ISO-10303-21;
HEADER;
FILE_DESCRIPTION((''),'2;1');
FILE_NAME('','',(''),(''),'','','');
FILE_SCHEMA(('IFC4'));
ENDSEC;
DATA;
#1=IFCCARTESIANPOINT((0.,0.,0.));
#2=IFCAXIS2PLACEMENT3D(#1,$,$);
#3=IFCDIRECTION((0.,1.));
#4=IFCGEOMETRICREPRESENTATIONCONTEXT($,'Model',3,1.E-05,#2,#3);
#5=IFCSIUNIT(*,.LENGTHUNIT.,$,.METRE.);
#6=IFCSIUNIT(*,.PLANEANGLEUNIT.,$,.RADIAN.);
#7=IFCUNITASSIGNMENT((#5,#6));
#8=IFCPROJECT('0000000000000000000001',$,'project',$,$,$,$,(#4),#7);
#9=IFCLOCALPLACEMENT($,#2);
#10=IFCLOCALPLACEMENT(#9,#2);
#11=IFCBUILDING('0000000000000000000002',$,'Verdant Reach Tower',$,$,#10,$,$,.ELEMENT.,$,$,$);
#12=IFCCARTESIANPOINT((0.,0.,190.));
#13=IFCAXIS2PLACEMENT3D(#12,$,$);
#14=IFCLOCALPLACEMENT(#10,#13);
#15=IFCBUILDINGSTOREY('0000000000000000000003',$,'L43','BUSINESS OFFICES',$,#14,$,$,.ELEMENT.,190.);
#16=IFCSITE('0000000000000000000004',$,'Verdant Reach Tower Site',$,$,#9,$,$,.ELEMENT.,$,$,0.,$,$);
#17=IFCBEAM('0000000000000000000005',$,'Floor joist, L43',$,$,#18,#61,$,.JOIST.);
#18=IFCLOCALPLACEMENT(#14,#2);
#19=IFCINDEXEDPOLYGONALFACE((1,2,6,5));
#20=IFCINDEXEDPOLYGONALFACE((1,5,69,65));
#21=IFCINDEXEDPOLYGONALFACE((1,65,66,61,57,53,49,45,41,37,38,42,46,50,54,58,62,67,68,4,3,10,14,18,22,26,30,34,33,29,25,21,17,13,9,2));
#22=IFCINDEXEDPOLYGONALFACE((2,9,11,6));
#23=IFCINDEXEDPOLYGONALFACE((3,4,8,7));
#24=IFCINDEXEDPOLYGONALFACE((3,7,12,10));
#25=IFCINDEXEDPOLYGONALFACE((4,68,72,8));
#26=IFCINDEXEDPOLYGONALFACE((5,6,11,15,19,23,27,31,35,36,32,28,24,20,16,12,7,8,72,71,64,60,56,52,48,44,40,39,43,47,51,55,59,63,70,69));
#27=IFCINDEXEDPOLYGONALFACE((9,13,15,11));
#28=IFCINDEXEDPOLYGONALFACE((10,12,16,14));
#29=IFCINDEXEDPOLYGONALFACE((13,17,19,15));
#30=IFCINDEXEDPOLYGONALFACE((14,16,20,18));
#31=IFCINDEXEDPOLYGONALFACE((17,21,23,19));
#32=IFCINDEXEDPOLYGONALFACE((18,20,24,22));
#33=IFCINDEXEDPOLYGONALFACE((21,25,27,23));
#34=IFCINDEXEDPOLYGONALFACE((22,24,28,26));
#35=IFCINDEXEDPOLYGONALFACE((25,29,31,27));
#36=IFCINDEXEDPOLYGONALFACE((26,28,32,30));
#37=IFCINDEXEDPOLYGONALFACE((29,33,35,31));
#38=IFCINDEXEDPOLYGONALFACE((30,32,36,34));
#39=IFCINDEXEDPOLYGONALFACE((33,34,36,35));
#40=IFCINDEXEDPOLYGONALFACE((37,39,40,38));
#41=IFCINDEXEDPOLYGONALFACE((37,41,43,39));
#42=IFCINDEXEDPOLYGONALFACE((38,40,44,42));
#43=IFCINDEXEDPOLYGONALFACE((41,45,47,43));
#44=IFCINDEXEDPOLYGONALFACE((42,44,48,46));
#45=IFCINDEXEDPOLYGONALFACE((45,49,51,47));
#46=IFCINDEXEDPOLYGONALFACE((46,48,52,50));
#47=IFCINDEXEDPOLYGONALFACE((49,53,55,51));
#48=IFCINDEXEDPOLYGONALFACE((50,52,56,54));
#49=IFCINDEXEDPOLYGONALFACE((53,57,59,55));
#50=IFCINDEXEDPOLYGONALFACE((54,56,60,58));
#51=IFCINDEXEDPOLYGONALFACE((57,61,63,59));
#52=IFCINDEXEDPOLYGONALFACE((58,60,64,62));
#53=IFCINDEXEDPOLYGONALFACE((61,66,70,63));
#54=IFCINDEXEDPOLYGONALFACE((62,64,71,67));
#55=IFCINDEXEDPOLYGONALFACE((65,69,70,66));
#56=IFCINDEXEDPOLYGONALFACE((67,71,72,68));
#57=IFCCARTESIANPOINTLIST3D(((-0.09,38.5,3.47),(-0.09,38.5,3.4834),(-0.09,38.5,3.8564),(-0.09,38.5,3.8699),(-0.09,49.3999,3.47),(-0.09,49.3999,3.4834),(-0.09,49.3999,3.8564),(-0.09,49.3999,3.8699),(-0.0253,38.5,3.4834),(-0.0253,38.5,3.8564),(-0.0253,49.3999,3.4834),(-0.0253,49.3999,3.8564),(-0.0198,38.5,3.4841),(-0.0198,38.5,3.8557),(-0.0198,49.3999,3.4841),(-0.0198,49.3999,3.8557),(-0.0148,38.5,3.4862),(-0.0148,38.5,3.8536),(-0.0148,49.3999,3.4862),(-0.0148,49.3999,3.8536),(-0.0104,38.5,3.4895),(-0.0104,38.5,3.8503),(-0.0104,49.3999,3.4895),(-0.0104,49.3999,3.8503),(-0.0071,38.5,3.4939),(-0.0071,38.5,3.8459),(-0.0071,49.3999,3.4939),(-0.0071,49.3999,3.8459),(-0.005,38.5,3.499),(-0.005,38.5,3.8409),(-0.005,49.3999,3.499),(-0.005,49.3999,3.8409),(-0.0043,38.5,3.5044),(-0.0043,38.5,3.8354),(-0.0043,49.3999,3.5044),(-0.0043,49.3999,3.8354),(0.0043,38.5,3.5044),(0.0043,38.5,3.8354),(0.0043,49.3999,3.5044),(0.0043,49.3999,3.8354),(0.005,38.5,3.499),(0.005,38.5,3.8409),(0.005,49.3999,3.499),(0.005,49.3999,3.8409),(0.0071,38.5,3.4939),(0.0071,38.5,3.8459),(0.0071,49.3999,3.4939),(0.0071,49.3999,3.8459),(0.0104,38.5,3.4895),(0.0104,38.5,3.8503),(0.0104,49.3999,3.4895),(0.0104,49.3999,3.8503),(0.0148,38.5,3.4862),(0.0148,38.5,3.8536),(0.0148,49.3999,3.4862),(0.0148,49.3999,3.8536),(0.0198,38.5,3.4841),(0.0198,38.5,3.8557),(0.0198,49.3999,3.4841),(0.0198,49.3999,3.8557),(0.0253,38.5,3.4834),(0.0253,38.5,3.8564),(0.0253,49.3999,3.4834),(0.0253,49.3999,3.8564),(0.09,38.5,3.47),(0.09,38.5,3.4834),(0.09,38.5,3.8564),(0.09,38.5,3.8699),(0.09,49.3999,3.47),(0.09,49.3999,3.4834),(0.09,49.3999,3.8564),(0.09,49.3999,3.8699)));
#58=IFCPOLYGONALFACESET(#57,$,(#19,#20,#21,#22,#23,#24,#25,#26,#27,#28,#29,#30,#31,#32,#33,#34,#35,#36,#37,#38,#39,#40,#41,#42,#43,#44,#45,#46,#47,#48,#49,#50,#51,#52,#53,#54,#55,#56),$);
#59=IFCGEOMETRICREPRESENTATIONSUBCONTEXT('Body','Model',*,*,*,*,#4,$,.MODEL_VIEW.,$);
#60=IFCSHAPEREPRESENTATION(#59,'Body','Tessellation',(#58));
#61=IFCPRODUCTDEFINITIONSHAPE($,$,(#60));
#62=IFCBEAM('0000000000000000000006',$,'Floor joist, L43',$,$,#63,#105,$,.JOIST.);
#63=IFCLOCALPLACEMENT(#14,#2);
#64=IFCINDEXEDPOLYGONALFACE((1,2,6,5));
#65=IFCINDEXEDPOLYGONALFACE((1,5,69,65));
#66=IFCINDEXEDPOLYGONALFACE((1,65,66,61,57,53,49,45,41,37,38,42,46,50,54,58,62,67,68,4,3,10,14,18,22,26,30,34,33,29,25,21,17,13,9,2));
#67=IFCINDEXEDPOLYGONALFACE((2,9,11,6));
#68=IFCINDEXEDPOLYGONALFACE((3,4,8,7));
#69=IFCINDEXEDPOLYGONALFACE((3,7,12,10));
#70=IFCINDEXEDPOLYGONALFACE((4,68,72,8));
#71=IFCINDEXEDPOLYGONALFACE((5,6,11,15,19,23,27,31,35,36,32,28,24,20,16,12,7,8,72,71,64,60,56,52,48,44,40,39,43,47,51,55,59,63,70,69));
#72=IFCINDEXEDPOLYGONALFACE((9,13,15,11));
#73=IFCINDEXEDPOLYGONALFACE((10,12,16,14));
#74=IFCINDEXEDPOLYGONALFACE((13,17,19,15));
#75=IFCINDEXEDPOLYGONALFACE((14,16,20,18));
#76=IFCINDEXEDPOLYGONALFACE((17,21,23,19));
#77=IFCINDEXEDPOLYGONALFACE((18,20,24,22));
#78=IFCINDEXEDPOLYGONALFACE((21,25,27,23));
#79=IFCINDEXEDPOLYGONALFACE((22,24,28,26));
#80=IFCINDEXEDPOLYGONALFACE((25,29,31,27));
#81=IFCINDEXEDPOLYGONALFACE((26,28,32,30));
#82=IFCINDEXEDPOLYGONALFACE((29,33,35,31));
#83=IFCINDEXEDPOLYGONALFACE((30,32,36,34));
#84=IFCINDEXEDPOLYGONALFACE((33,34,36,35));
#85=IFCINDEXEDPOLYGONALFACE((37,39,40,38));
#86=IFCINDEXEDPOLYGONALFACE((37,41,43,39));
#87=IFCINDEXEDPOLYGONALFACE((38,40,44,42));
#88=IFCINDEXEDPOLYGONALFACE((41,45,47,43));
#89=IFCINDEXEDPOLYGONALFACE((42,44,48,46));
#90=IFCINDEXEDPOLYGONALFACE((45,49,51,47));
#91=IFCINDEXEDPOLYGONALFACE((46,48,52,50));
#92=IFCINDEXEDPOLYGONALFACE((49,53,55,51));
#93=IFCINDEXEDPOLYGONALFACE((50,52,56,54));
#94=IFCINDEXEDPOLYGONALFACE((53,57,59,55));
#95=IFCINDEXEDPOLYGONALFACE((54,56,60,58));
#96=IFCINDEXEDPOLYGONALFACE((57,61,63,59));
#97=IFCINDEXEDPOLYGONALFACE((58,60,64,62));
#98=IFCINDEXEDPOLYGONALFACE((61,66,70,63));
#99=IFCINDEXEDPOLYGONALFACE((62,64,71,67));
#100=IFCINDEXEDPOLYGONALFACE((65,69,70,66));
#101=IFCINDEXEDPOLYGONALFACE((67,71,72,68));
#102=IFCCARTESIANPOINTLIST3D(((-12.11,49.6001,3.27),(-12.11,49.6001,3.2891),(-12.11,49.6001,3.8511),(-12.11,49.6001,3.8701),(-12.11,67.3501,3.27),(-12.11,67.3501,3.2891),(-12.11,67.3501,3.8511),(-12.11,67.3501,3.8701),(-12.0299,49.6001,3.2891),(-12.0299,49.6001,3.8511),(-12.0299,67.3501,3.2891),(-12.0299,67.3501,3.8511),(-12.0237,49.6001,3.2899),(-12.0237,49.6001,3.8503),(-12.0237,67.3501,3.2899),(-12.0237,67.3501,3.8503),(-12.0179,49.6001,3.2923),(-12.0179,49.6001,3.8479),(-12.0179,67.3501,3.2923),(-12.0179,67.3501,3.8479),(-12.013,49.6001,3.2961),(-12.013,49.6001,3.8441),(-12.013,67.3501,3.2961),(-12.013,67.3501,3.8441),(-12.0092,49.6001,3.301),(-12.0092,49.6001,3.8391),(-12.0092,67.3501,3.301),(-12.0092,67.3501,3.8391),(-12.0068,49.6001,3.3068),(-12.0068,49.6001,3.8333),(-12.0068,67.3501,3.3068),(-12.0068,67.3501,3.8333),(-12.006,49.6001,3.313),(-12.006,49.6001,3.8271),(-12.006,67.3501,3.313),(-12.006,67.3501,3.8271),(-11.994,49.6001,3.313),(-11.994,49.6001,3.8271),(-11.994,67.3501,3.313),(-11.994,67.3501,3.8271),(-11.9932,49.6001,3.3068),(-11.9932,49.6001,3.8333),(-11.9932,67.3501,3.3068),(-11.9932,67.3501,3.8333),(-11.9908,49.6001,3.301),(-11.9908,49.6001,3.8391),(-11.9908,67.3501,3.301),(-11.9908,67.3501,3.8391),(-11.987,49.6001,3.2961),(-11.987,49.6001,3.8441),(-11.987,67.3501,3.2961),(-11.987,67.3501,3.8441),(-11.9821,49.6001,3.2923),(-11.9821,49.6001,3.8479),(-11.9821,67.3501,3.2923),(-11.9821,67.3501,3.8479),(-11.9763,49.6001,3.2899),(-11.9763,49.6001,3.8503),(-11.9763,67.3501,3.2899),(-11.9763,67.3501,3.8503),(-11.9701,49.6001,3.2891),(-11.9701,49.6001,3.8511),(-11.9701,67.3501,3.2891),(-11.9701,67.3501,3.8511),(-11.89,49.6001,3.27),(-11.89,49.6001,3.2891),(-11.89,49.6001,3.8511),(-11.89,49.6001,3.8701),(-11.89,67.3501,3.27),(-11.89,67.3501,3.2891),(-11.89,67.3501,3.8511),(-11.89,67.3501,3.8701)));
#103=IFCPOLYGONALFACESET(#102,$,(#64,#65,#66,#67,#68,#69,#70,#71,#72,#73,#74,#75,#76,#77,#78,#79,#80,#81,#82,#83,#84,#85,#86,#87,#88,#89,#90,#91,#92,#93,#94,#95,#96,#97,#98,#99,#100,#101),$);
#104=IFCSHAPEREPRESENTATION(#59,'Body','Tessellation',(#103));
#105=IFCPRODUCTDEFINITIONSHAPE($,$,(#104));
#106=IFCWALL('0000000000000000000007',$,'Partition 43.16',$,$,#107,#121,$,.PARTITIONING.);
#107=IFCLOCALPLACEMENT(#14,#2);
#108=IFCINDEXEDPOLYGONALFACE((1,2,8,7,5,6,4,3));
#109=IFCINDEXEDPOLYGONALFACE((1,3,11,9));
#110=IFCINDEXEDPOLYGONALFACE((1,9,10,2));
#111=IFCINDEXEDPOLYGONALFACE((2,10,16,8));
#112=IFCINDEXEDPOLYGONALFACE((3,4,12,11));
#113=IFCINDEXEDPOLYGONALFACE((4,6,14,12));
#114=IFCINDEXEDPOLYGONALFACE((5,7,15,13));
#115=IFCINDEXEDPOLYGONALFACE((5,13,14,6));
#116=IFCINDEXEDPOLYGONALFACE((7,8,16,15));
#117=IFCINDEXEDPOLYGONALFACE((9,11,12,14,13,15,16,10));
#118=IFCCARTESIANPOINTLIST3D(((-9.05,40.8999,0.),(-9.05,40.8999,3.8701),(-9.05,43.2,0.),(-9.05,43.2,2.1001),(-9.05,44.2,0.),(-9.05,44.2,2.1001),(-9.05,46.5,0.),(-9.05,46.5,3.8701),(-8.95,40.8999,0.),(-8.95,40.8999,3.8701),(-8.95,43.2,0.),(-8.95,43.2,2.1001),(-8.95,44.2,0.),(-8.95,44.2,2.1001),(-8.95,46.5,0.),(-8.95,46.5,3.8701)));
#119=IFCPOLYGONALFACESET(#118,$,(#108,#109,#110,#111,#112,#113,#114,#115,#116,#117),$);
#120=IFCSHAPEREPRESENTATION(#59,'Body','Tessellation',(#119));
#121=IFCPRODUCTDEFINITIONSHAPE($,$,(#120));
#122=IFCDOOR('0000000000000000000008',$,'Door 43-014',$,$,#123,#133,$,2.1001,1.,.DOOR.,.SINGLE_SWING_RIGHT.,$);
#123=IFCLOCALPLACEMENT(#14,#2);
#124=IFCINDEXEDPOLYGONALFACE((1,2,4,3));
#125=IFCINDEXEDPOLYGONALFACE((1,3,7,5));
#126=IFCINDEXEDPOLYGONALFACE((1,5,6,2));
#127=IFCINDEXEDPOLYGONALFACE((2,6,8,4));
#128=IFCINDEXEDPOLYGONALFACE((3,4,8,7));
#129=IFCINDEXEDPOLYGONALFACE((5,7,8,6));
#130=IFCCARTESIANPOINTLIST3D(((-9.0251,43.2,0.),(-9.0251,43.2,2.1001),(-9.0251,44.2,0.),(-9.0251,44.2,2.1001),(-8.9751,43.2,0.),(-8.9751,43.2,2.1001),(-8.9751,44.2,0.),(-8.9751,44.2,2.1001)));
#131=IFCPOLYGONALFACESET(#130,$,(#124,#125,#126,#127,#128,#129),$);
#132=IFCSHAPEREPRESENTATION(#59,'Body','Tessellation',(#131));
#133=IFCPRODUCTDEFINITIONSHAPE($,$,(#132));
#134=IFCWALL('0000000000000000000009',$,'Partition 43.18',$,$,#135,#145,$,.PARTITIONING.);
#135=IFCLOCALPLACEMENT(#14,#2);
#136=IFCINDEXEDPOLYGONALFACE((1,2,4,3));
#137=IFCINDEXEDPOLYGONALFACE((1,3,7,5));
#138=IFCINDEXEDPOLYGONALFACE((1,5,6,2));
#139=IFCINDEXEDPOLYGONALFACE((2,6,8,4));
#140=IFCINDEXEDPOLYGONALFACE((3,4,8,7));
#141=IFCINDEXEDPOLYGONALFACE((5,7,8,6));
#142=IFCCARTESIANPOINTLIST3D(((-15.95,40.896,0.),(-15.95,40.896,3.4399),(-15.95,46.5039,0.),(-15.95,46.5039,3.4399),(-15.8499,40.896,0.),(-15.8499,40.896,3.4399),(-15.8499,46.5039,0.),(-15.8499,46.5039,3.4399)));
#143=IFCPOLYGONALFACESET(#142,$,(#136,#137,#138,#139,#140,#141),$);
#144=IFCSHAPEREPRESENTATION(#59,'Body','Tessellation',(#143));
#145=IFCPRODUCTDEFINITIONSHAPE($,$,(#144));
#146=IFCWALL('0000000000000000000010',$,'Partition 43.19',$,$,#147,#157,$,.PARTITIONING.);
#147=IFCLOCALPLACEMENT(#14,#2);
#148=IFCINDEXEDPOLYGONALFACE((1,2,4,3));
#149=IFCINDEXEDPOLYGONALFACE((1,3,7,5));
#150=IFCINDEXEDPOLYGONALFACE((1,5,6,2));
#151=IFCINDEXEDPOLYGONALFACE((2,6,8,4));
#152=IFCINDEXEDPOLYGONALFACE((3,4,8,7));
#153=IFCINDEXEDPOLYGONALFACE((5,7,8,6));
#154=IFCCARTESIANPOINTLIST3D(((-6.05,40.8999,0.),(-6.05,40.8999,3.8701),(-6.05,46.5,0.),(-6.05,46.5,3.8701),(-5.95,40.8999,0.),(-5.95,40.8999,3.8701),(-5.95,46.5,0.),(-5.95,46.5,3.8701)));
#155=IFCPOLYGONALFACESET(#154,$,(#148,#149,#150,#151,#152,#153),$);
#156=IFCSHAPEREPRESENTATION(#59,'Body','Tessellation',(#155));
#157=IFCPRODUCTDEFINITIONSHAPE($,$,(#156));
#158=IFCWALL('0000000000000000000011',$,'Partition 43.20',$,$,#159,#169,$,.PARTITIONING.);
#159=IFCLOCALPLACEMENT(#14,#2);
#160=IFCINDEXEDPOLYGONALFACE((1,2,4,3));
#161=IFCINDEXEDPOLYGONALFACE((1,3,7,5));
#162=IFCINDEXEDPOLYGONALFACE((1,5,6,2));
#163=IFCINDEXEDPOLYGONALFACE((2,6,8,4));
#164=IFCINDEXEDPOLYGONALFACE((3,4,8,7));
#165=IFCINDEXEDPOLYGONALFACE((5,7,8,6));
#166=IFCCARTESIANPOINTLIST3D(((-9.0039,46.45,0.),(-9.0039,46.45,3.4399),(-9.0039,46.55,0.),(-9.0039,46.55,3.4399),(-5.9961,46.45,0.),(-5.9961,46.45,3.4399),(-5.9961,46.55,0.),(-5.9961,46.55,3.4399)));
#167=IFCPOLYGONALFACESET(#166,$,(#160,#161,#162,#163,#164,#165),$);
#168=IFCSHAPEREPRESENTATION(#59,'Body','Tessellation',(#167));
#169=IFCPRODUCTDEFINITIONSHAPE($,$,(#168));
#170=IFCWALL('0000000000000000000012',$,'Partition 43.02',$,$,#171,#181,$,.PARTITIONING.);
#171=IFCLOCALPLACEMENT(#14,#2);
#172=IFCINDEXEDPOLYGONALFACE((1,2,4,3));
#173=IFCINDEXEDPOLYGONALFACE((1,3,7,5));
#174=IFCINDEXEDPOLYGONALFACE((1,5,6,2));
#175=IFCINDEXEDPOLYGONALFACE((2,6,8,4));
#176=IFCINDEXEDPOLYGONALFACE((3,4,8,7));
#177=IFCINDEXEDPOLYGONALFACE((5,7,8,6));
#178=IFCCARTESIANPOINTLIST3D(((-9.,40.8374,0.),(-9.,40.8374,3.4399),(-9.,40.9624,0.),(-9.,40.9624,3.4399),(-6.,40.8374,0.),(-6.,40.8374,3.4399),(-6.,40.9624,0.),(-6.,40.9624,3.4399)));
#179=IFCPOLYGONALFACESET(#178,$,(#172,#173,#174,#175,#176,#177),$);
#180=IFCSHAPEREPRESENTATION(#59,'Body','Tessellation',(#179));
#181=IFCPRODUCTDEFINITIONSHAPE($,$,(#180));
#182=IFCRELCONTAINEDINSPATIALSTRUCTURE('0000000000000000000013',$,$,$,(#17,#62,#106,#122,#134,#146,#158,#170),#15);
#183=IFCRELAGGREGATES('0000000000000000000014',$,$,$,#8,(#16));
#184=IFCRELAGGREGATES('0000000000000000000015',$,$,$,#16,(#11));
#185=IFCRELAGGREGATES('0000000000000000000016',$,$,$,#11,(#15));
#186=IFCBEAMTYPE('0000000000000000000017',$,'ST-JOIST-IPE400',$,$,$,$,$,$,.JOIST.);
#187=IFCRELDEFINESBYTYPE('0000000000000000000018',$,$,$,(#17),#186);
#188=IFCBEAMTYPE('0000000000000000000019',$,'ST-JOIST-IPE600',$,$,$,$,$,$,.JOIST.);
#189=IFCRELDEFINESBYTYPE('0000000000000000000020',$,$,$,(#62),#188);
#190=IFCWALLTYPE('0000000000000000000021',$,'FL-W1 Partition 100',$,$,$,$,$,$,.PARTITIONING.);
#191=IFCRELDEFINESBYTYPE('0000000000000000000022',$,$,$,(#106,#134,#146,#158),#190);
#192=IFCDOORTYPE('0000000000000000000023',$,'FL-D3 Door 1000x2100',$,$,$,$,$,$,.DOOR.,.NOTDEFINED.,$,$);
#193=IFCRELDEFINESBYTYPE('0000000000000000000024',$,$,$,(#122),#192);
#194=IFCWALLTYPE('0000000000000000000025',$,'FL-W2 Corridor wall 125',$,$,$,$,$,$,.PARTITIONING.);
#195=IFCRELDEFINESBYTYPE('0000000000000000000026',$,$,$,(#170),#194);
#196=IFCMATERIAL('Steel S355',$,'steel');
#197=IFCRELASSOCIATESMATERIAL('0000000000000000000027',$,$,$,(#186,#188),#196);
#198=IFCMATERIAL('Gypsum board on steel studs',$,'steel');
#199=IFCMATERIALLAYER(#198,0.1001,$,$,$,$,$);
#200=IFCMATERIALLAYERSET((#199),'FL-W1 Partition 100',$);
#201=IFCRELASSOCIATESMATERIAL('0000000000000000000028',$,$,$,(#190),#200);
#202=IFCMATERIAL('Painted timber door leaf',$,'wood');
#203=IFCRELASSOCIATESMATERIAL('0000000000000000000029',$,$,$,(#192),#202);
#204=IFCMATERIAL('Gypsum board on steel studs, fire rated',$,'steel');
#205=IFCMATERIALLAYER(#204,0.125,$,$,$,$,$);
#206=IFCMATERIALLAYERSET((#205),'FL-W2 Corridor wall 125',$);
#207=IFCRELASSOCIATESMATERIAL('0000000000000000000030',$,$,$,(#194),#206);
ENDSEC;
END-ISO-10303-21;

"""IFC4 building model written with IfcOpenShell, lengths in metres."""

from ifc_helpers import new_model, si_unit, direction, frame, frame_2d, origin, origin_2d, place, context, subcontext, project, spatial, rectangle, i_section, extrude, material, layer, layer_set, material_profile, profile_set, type_object, element, fill, save


model = new_model("IFC4")

# Units and contexts
model_context = context("Model", 3, precision=1e-05, world=origin(), true_north=direction((0.0, 1.0)))
body_context = subcontext(model_context, "Body", "Model", "MODEL_VIEW")
ifc_project = project(units=[si_unit("LENGTHUNIT", "METRE"), si_unit("PLANEANGLEUNIT", "RADIAN")], contexts=[model_context])

# Site, building, storey
site_placement = place(None, origin())
site = spatial("IfcSite", under=ifc_project, at=site_placement, Name="Verdant Reach Tower Site", CompositionType="ELEMENT", RefElevation=0.0)
building_placement = place(site_placement, origin())
building = spatial("IfcBuilding", under=site, at=building_placement, Name="Verdant Reach Tower", CompositionType="ELEMENT")
storey_placement = place(building_placement, frame((0.0, 0.0, 190.0)))
storey = spatial("IfcBuildingStorey", under=building, at=storey_placement, Name="L43", Description="BUSINESS OFFICES", CompositionType="ELEMENT", Elevation=190.0)

# Beams
ifc_material_1 = material(Name="Steel S355", Category="steel")
ifc_material_profile_1 = material_profile(ifc_material_1, i_section(OverallWidth=0.1799, OverallDepth=0.3999, WebThickness=0.0085, FlangeThickness=0.0134, FilletRadius=0.021, at=origin_2d()), Name="IPE 400")
ifc_profile_set_1 = profile_set([ifc_material_profile_1], Name="Steel S355")
beam_type_1 = type_object("IfcBeamType", Name="ST-JOIST-IPE400", PredefinedType="JOIST", material=ifc_profile_set_1)
for number, where, z_axis, x_axis, name in (
    (1, (0.0, 38.5, 3.6699), (0.0, 1.0, 0.0), (-1.0, 0.0, 0.0), "Floor joist, L43"),
):
    element("IfcBeam", number, at=place(storey_placement, frame(where, z_axis=z_axis, x_axis=x_axis)), inside=storey, type_object=beam_type_1, Name=name, PredefinedType="JOIST", context=body_context, shape_type="SweptSolid", body=[
        extrude(i_section(OverallWidth=0.1799, OverallDepth=0.3999, WebThickness=0.0085, FlangeThickness=0.0134, FilletRadius=0.021, at=origin_2d()), origin(), (0.0, 0.0, 1.0), 10.8999),
    ])
ifc_material_profile_2 = material_profile(ifc_material_1, i_section(OverallWidth=0.22, OverallDepth=0.6001, WebThickness=0.012, FlangeThickness=0.019, FilletRadius=0.0239, at=origin_2d()), Name="IPE 600")
ifc_profile_set_2 = profile_set([ifc_material_profile_2], Name="Steel S355")
beam_type_2 = type_object("IfcBeamType", Name="ST-JOIST-IPE600", PredefinedType="JOIST", material=ifc_profile_set_2)
beam_1_placement = place(storey_placement, frame((-12.0, 49.6001, 3.5701), z_axis=(0.0, 1.0, 0.0), x_axis=(-1.0, 0.0, 0.0)))
element("IfcBeam", 2, at=beam_1_placement, inside=storey, type_object=beam_type_2, Name="Floor joist, L43", PredefinedType="JOIST", context=body_context, shape_type="SweptSolid", body=[
    extrude(i_section(OverallWidth=0.22, OverallDepth=0.6001, WebThickness=0.012, FlangeThickness=0.019, FilletRadius=0.0239, at=origin_2d()), origin(), (0.0, 0.0, 1.0), 17.75),
])

# Wall, opening, door
ifc_material_2 = material(Name="Gypsum board on steel studs", Category="steel")
ifc_layer_1 = layer(ifc_material_2, 0.1001)
ifc_layer_set_1 = layer_set([ifc_layer_1], Name="FL-W1 Partition 100")
wall_type_1 = type_object("IfcWallType", Name="FL-W1 Partition 100", PredefinedType="PARTITIONING", material=ifc_layer_set_1)
wall_1_placement = place(storey_placement, frame((-9.0, 46.5, 0.0), z_axis=(0.0, 0.0, 1.0), x_axis=(0.0, -1.0, 0.0)))
wall_1 = element("IfcWall", 3, at=wall_1_placement, inside=storey, type_object=wall_type_1, Name="Partition 43.16", PredefinedType="PARTITIONING", context=body_context, shape_type="SweptSolid", body=[
    extrude(rectangle(XDim=5.6001, YDim=0.1001, at=frame_2d((2.8, 0.0))), origin(), (0.0, 0.0, 1.0), 3.8701),
])
opening_1_placement = place(wall_1_placement, frame((2.3, 0.0, 0.0)))
opening_1 = element("IfcOpeningElement", 4, at=opening_1_placement, cuts=wall_1, PredefinedType="OPENING", context=body_context, shape_type="SweptSolid", body=[
    extrude(rectangle(XDim=1.0, YDim=2.1001, at=frame_2d((0.5, 1.05))), frame((0.0, 0.0601, 0.0), z_axis=(0.0, -1.0, 0.0), x_axis=(1.0, 0.0, 0.0)), (0.0, 0.0, 1.0), 0.1201),
])
ifc_material_3 = material(Name="Painted timber door leaf", Category="wood")
door_type_1 = type_object("IfcDoorType", Name="FL-D3 Door 1000x2100", OperationType="NOTDEFINED", PredefinedType="DOOR", material=ifc_material_3)
door_1_placement = place(opening_1_placement, origin())
door_1 = element("IfcDoor", 5, at=door_1_placement, inside=storey, type_object=door_type_1, Name="Door 43-014", OperationType="SINGLE_SWING_RIGHT", OverallHeight=2.1001, OverallWidth=1.0, PredefinedType="DOOR", context=body_context, shape_type="SweptSolid", body=[
    extrude(rectangle(XDim=1.0, YDim=2.1001, at=frame_2d((0.5, 1.05))), frame((0.0, 0.0249, 0.0), z_axis=(0.0, -1.0, 0.0), x_axis=(1.0, 0.0, 0.0)), (0.0, 0.0, 1.0), 0.05),
])
fill(opening_1, door_1)

# Walls
wall_2_placement = place(storey_placement, frame((-15.8999, 46.5039, 0.0), z_axis=(0.0, 0.0, 1.0), x_axis=(0.0, -1.0, 0.0)))
element("IfcWall", 6, at=wall_2_placement, inside=storey, type_object=wall_type_1, Name="Partition 43.18", PredefinedType="PARTITIONING", context=body_context, shape_type="SweptSolid", body=[
    extrude(rectangle(XDim=5.6079, YDim=0.1001, at=frame_2d((2.804, 0.0))), origin(), (0.0, 0.0, 1.0), 3.4399),
])
wall_3_placement = place(storey_placement, frame((-6.0, 40.8999, 0.0), z_axis=(0.0, 0.0, 1.0), x_axis=(0.0, 1.0, 0.0)))
element("IfcWall", 7, at=wall_3_placement, inside=storey, type_object=wall_type_1, Name="Partition 43.19", PredefinedType="PARTITIONING", context=body_context, shape_type="SweptSolid", body=[
    extrude(rectangle(XDim=5.6001, YDim=0.1001, at=frame_2d((2.8, 0.0))), origin(), (0.0, 0.0, 1.0), 3.8701),
])
wall_4_placement = place(storey_placement, frame((-5.9961, 46.5, 0.0), z_axis=(0.0, 0.0, 1.0), x_axis=(-1.0, 0.0, 0.0)))
element("IfcWall", 8, at=wall_4_placement, inside=storey, type_object=wall_type_1, Name="Partition 43.20", PredefinedType="PARTITIONING", context=body_context, shape_type="SweptSolid", body=[
    extrude(rectangle(XDim=3.0078, YDim=0.1001, at=frame_2d((1.5039, 0.0))), origin(), (0.0, 0.0, 1.0), 3.4399),
])
ifc_material_4 = material(Name="Gypsum board on steel studs, fire rated", Category="steel")
ifc_layer_2 = layer(ifc_material_4, 0.125)
ifc_layer_set_2 = layer_set([ifc_layer_2], Name="FL-W2 Corridor wall 125")
wall_type_2 = type_object("IfcWallType", Name="FL-W2 Corridor wall 125", PredefinedType="PARTITIONING", material=ifc_layer_set_2)
wall_5_placement = place(storey_placement, frame((-6.0, 40.8999, 0.0), z_axis=(0.0, 0.0, 1.0), x_axis=(-1.0, 0.0, 0.0)))
element("IfcWall", 9, at=wall_5_placement, inside=storey, type_object=wall_type_2, Name="Partition 43.02", PredefinedType="PARTITIONING", context=body_context, shape_type="SweptSolid", body=[
    extrude(rectangle(XDim=3.0, YDim=0.125, at=frame_2d((1.5, 0.0))), origin(), (0.0, 0.0, 1.0), 3.4399),
])

save(model, "model.ifc")
